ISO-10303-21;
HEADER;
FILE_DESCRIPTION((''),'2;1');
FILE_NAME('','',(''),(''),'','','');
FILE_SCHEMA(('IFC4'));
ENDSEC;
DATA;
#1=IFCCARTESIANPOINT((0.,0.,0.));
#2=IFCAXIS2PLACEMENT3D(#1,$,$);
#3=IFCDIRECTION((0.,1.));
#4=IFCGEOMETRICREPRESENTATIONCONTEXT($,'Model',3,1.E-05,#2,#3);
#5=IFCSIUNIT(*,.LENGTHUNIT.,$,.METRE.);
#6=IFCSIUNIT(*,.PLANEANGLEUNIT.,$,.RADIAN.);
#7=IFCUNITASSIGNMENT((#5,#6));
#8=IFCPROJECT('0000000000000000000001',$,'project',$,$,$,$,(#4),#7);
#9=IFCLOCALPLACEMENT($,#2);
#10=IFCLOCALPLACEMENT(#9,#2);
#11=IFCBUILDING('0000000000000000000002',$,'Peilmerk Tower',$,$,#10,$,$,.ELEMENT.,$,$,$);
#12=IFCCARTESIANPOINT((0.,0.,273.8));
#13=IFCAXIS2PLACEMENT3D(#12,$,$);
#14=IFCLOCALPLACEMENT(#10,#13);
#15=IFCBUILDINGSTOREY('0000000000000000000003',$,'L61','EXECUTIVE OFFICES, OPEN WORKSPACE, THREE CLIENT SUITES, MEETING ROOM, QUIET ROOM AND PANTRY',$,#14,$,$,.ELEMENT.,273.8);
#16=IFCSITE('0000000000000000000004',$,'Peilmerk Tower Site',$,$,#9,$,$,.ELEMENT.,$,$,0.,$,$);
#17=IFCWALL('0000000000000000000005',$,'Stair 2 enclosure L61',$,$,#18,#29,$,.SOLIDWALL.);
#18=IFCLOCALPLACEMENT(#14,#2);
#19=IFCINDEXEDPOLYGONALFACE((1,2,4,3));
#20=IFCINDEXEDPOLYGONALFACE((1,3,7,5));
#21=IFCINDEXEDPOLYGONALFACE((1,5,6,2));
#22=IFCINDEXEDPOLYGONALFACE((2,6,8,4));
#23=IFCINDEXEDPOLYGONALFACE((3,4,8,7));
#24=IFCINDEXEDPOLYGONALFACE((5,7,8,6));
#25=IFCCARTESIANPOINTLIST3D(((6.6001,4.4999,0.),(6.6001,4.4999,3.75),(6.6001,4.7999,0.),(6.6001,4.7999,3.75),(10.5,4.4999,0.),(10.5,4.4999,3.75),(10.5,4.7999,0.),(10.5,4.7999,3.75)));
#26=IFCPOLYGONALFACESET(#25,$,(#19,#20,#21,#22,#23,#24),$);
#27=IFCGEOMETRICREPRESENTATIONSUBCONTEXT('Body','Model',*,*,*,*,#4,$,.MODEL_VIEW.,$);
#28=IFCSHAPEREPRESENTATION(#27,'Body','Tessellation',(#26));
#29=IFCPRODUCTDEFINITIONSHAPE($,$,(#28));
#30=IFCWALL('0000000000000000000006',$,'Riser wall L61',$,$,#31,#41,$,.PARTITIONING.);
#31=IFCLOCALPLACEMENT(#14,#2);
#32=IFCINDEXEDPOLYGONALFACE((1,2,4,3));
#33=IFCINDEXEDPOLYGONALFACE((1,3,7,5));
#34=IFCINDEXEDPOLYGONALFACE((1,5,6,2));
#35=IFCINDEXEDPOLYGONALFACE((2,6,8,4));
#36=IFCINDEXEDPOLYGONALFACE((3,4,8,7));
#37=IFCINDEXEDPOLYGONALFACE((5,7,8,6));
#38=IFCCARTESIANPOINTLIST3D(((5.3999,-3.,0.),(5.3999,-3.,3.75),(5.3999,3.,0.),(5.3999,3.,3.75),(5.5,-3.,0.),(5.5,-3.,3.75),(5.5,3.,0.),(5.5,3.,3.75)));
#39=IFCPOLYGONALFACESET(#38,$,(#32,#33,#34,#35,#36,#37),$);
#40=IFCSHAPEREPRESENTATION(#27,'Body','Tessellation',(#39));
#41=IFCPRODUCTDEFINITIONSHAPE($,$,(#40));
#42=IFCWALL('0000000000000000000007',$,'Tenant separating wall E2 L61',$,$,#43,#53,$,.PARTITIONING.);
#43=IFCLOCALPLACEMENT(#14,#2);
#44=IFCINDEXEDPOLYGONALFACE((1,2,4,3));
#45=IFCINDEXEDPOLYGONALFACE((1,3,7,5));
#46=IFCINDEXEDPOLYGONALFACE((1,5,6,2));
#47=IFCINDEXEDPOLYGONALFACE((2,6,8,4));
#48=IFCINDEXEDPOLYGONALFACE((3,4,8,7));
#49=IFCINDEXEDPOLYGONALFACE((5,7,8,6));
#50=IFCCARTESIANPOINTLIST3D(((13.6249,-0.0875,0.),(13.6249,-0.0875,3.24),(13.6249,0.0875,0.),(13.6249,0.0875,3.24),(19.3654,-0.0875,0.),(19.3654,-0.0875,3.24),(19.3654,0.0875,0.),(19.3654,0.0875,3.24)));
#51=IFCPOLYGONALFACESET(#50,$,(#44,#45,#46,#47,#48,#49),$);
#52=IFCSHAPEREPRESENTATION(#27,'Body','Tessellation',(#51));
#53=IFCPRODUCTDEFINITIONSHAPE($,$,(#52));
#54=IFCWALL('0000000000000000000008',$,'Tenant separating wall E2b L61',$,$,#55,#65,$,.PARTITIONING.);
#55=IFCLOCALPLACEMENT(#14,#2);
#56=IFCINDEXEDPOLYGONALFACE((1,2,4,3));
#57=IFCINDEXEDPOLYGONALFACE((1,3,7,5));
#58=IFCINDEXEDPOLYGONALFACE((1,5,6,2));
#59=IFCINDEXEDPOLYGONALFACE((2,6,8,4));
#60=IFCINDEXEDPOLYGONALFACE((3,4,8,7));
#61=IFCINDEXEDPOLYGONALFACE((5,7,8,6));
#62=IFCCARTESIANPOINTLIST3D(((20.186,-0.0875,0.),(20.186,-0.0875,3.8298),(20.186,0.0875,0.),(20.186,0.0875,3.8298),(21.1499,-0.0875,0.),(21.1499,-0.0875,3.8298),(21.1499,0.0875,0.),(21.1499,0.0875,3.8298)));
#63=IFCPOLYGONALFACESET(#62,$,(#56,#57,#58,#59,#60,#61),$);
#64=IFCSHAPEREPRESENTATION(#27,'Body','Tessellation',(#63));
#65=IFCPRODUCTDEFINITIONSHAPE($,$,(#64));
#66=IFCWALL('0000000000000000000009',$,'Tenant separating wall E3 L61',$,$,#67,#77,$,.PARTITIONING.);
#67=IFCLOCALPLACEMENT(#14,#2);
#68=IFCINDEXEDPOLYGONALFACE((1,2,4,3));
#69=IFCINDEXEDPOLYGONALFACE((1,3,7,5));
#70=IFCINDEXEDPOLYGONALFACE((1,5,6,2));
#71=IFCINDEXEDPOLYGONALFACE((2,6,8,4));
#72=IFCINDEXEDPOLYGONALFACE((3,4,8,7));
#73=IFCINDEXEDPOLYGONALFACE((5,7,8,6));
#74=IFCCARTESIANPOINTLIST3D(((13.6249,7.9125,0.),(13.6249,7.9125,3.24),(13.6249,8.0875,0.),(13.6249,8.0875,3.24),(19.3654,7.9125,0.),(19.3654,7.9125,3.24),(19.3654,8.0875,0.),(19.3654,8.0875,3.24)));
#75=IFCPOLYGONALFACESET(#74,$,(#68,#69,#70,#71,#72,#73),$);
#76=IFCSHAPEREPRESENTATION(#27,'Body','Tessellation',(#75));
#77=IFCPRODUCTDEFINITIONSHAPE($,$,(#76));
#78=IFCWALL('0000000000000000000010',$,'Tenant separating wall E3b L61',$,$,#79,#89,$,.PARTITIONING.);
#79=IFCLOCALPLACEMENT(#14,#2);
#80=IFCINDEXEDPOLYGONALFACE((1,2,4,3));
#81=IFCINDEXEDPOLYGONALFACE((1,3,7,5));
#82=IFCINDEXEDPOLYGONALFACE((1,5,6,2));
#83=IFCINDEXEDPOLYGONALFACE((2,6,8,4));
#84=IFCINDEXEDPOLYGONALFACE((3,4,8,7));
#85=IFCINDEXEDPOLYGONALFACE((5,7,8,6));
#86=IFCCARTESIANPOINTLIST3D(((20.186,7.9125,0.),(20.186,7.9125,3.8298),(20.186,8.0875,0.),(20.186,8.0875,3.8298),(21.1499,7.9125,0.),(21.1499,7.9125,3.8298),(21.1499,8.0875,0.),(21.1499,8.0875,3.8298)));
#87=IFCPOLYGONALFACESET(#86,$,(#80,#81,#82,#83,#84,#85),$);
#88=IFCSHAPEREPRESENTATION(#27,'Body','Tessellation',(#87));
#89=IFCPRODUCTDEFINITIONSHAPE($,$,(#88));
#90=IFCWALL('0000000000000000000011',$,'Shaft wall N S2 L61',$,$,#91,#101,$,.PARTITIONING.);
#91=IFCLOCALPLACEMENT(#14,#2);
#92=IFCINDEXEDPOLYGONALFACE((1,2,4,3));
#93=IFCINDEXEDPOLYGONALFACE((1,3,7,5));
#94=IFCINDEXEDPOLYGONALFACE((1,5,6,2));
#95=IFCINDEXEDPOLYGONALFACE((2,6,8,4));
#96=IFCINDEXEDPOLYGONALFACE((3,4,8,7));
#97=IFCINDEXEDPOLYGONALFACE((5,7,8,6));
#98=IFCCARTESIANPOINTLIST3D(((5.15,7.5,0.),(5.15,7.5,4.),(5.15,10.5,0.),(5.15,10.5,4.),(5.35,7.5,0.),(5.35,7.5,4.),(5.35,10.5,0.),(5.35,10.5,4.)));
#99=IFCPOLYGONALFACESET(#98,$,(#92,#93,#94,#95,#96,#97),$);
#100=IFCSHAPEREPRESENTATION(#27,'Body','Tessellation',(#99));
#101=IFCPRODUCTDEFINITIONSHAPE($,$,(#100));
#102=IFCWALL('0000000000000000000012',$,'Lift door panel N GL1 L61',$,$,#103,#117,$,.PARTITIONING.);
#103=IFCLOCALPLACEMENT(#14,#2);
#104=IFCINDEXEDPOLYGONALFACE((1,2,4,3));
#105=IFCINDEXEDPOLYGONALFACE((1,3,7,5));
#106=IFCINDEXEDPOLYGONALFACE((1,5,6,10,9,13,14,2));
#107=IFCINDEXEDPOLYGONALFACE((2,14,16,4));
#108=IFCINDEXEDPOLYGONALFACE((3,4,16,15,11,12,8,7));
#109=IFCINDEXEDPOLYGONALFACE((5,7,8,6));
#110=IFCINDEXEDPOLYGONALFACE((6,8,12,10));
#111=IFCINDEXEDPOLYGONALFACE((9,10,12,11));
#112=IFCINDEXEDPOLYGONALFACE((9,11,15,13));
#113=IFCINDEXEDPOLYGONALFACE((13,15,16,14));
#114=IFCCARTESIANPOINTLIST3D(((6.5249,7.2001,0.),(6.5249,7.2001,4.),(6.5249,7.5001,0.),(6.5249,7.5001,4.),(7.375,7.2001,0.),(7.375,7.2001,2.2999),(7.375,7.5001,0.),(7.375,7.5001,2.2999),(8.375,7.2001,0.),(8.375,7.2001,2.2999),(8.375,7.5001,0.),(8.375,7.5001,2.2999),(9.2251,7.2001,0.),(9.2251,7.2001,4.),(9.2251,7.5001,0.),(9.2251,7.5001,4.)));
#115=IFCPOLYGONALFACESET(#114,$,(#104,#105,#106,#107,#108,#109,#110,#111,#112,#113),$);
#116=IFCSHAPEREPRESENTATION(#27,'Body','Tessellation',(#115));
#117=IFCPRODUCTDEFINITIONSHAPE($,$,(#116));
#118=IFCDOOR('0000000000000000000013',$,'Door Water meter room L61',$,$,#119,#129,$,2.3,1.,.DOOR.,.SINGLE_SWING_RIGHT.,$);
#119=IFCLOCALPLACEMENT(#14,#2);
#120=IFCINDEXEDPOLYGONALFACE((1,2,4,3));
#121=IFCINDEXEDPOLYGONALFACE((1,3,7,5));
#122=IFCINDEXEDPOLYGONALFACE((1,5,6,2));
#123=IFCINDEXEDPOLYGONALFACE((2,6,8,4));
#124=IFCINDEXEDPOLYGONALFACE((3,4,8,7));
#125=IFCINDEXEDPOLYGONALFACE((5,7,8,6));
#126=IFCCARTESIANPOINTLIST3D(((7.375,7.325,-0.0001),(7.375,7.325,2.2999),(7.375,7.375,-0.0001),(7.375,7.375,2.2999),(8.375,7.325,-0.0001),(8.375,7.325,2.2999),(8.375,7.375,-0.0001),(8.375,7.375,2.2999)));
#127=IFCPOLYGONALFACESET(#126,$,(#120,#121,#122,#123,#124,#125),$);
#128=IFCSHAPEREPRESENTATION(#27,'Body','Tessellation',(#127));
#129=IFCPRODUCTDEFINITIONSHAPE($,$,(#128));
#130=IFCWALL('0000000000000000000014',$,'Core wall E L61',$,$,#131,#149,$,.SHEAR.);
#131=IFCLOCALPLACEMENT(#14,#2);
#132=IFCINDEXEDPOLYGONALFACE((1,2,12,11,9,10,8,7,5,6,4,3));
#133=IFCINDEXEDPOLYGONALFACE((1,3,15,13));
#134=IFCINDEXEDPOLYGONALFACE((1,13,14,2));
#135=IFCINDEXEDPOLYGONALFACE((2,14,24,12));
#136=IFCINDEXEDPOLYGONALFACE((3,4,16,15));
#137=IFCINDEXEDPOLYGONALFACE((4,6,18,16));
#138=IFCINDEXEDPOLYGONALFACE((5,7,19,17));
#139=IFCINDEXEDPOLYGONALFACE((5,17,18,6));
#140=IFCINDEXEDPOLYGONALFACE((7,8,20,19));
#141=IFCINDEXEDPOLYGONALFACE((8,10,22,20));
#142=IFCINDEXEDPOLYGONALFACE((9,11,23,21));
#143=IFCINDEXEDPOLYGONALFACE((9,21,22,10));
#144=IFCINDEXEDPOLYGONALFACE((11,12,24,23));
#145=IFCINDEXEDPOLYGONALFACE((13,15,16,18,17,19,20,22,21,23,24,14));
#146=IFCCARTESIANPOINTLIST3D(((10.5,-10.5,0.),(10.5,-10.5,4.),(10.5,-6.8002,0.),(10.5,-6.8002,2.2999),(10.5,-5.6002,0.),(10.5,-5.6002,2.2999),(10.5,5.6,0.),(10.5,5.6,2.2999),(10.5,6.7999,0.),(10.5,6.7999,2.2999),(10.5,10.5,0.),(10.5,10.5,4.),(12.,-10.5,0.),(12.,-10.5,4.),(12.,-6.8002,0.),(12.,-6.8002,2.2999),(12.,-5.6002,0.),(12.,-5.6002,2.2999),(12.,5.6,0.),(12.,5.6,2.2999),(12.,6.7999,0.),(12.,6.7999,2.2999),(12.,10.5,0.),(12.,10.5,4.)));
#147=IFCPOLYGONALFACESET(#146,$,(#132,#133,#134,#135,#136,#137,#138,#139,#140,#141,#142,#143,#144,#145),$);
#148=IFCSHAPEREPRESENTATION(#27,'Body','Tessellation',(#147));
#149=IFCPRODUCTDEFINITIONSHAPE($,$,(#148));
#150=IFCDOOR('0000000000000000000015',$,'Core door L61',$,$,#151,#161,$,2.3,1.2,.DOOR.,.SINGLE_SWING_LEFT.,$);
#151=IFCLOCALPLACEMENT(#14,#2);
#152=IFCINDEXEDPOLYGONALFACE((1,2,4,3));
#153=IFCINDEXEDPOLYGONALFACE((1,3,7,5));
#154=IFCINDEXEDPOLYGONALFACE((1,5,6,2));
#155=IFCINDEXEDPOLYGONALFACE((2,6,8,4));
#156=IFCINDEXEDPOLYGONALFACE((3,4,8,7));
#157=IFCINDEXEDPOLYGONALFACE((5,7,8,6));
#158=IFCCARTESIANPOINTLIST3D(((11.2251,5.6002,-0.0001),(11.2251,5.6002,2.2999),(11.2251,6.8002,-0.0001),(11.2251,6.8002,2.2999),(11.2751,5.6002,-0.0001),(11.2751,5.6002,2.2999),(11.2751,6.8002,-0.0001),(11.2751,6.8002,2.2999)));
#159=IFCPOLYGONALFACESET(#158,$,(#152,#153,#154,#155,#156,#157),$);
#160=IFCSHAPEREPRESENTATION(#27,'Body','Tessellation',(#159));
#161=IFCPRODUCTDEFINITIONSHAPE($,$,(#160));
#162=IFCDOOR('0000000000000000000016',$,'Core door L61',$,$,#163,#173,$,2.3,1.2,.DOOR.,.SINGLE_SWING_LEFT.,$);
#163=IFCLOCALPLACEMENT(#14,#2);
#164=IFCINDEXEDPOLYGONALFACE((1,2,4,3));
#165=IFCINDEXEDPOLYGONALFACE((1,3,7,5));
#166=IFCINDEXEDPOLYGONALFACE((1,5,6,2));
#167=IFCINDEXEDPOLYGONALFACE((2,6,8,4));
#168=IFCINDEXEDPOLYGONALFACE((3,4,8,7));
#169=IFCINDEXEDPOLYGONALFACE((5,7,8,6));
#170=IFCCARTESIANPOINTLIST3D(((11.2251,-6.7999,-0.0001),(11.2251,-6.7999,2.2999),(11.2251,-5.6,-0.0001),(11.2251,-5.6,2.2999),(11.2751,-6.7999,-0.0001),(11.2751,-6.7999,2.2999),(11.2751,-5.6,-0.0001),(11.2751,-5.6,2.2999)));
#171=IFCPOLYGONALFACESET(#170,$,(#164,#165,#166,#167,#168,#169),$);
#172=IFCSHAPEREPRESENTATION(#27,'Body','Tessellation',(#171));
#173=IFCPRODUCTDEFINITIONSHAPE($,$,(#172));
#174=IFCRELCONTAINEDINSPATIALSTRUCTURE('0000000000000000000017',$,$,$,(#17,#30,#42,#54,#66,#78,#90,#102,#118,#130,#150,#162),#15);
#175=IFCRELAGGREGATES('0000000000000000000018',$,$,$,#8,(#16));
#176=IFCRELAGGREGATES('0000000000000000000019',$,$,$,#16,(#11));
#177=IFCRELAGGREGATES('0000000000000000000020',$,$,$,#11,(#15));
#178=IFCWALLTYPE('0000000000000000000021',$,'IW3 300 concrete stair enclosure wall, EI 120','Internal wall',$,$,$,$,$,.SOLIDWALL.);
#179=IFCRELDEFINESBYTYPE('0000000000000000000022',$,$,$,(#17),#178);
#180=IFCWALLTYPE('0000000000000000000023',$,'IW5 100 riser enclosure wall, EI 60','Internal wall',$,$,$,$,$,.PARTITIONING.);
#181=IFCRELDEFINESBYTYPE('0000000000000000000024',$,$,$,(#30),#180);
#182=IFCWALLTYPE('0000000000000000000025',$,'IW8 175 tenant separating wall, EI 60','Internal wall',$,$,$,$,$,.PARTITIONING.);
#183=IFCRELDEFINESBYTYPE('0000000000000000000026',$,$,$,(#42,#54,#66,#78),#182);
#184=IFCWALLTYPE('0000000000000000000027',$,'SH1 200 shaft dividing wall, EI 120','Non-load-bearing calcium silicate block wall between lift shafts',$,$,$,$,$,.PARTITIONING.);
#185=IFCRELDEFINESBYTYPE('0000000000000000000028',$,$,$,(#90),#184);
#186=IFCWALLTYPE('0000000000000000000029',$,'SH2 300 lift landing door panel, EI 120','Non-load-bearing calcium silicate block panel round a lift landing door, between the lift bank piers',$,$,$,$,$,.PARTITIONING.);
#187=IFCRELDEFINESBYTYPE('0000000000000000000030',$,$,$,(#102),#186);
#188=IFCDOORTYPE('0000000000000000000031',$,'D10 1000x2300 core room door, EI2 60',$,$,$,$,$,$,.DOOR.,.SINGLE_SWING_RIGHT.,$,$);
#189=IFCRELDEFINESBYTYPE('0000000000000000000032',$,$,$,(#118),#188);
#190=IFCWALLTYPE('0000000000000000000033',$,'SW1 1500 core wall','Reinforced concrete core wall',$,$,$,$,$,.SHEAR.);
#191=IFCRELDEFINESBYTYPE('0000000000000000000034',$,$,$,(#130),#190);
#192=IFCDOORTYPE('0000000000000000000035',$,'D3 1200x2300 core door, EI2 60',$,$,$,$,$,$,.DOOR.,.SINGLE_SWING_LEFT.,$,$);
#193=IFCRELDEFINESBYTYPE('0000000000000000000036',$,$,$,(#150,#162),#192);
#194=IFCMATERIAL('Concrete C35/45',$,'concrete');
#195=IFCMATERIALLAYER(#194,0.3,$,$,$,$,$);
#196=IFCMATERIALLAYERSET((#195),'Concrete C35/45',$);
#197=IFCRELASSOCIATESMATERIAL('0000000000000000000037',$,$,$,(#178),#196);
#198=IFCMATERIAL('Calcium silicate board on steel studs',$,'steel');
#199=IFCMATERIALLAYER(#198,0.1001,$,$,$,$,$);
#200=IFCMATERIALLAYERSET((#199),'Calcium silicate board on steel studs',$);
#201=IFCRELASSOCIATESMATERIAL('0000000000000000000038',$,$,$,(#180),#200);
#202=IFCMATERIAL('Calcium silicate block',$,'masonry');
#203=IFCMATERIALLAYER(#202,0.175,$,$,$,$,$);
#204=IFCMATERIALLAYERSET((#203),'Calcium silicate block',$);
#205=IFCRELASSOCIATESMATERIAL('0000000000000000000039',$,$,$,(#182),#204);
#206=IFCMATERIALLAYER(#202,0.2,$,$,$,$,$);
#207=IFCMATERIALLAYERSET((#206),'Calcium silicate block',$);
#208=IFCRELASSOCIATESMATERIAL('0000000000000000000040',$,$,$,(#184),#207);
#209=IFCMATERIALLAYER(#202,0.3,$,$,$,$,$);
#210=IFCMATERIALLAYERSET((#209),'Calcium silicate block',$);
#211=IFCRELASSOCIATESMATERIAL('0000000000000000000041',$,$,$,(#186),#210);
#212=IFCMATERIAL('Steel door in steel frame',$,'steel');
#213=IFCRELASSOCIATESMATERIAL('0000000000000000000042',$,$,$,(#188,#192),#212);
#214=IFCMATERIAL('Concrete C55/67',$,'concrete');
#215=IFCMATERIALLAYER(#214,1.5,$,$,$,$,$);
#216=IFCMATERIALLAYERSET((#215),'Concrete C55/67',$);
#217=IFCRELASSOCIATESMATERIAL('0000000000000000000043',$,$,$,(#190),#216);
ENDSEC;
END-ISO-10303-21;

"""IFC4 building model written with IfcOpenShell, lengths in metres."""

from ifc_helpers import new_model, si_unit, direction, frame, frame_2d, origin, place, context, subcontext, project, spatial, rectangle, extrude, material, layer, layer_set, type_object, element, fill, save


model = new_model("IFC4")

# Units and contexts
model_context = context("Model", 3, precision=1e-05, world=origin(), true_north=direction((0.0, 1.0)))
body_context = subcontext(model_context, "Body", "Model", "MODEL_VIEW")
ifc_project = project(units=[si_unit("LENGTHUNIT", "METRE"), si_unit("PLANEANGLEUNIT", "RADIAN")], contexts=[model_context])

# Site, building, storey
site_placement = place(None, origin())
site = spatial("IfcSite", under=ifc_project, at=site_placement, Name="Peilmerk Tower Site", CompositionType="ELEMENT", RefElevation=0.0)
building_placement = place(site_placement, origin())
building = spatial("IfcBuilding", under=site, at=building_placement, Name="Peilmerk Tower", CompositionType="ELEMENT")
storey_placement = place(building_placement, frame((0.0, 0.0, 273.8)))
storey = spatial("IfcBuildingStorey", under=building, at=storey_placement, Name="L61", Description="EXECUTIVE OFFICES, OPEN WORKSPACE, THREE CLIENT SUITES, MEETING ROOM, QUIET ROOM AND PANTRY", CompositionType="ELEMENT", Elevation=273.8)

# Walls
ifc_material_1 = material(Name="Concrete C35/45", Category="concrete")
ifc_layer_1 = layer(ifc_material_1, 0.3)
ifc_layer_set_1 = layer_set([ifc_layer_1], Name="Concrete C35/45")
wall_type_1 = type_object("IfcWallType", Name="IW3 300 concrete stair enclosure wall, EI 120", Description="Internal wall", PredefinedType="SOLIDWALL", material=ifc_layer_set_1)
wall_1_placement = place(storey_placement, frame((6.6001, 4.6499, 0.0), z_axis=(0.0, 0.0, 1.0), x_axis=(1.0, 0.0, 0.0)))
element("IfcWall", 1, at=wall_1_placement, inside=storey, type_object=wall_type_1, Name="Stair 2 enclosure L61", PredefinedType="SOLIDWALL", context=body_context, shape_type="SweptSolid", body=[
    extrude(rectangle(XDim=3.8999, YDim=0.3, at=frame_2d((1.95, 0.0))), origin(), (0.0, 0.0, 1.0), 3.75),
])
ifc_material_2 = material(Name="Calcium silicate board on steel studs", Category="steel")
ifc_layer_2 = layer(ifc_material_2, 0.1001)
ifc_layer_set_2 = layer_set([ifc_layer_2], Name="Calcium silicate board on steel studs")
wall_type_2 = type_object("IfcWallType", Name="IW5 100 riser enclosure wall, EI 60", Description="Internal wall", PredefinedType="PARTITIONING", material=ifc_layer_set_2)
wall_2_placement = place(storey_placement, frame((5.45, 3.0, 0.0), z_axis=(0.0, 0.0, 1.0), x_axis=(0.0, -1.0, 0.0)))
element("IfcWall", 2, at=wall_2_placement, inside=storey, type_object=wall_type_2, Name="Riser wall L61", PredefinedType="PARTITIONING", context=body_context, shape_type="SweptSolid", body=[
    extrude(rectangle(XDim=6.0, YDim=0.1001, at=frame_2d((3.0, 0.0))), origin(), (0.0, 0.0, 1.0), 3.75),
])
ifc_material_3 = material(Name="Calcium silicate block", Category="masonry")
ifc_layer_3 = layer(ifc_material_3, 0.175)
ifc_layer_set_3 = layer_set([ifc_layer_3], Name="Calcium silicate block")
wall_type_3 = type_object("IfcWallType", Name="IW8 175 tenant separating wall, EI 60", Description="Internal wall", PredefinedType="PARTITIONING", material=ifc_layer_set_3)
wall_3_placement = place(storey_placement, frame((13.625, 0.0, 0.0), z_axis=(0.0, 0.0, 1.0), x_axis=(1.0, 0.0, 0.0)))
element("IfcWall", 3, at=wall_3_placement, inside=storey, type_object=wall_type_3, Name="Tenant separating wall E2 L61", PredefinedType="PARTITIONING", context=body_context, shape_type="SweptSolid", body=[
    extrude(rectangle(XDim=5.7405, YDim=0.175, at=frame_2d((2.8701, 0.0))), origin(), (0.0, 0.0, 1.0), 3.24),
])
wall_4_placement = place(storey_placement, frame((20.186, 0.0, 0.0), z_axis=(0.0, 0.0, 1.0), x_axis=(1.0, 0.0, 0.0)))
element("IfcWall", 4, at=wall_4_placement, inside=storey, type_object=wall_type_3, Name="Tenant separating wall E2b L61", PredefinedType="PARTITIONING", context=body_context, shape_type="SweptSolid", body=[
    extrude(rectangle(XDim=0.9639, YDim=0.175, at=frame_2d((0.4819, 0.0))), origin(), (0.0, 0.0, 1.0), 3.8298),
])
wall_5_placement = place(storey_placement, frame((13.625, 8.0, 0.0), z_axis=(0.0, 0.0, 1.0), x_axis=(1.0, 0.0, 0.0)))
element("IfcWall", 5, at=wall_5_placement, inside=storey, type_object=wall_type_3, Name="Tenant separating wall E3 L61", PredefinedType="PARTITIONING", context=body_context, shape_type="SweptSolid", body=[
    extrude(rectangle(XDim=5.7405, YDim=0.175, at=frame_2d((2.8701, 0.0))), origin(), (0.0, 0.0, 1.0), 3.24),
])
wall_6_placement = place(storey_placement, frame((20.186, 8.0, 0.0), z_axis=(0.0, 0.0, 1.0), x_axis=(1.0, 0.0, 0.0)))
element("IfcWall", 6, at=wall_6_placement, inside=storey, type_object=wall_type_3, Name="Tenant separating wall E3b L61", PredefinedType="PARTITIONING", context=body_context, shape_type="SweptSolid", body=[
    extrude(rectangle(XDim=0.9639, YDim=0.175, at=frame_2d((0.4819, 0.0))), origin(), (0.0, 0.0, 1.0), 3.8298),
])
ifc_layer_4 = layer(ifc_material_3, 0.2)
ifc_layer_set_4 = layer_set([ifc_layer_4], Name="Calcium silicate block")
wall_type_4 = type_object("IfcWallType", Name="SH1 200 shaft dividing wall, EI 120", Description="Non-load-bearing calcium silicate block wall between lift shafts", PredefinedType="PARTITIONING", material=ifc_layer_set_4)
wall_7_placement = place(storey_placement, frame((5.25, 7.5, 0.0), z_axis=(0.0, 0.0, 1.0), x_axis=(0.0, 1.0, 0.0)))
element("IfcWall", 7, at=wall_7_placement, inside=storey, type_object=wall_type_4, Name="Shaft wall N S2 L61", PredefinedType="PARTITIONING", context=body_context, shape_type="SweptSolid", body=[
    extrude(rectangle(XDim=3.0, YDim=0.2, at=frame_2d((1.5, 0.0))), origin(), (0.0, 0.0, 1.0), 4.0),
])

# Wall, opening, door
ifc_layer_5 = layer(ifc_material_3, 0.3)
ifc_layer_set_5 = layer_set([ifc_layer_5], Name="Calcium silicate block")
wall_type_5 = type_object("IfcWallType", Name="SH2 300 lift landing door panel, EI 120", Description="Non-load-bearing calcium silicate block panel round a lift landing door, between the lift bank piers", PredefinedType="PARTITIONING", material=ifc_layer_set_5)
wall_8_placement = place(storey_placement, frame((6.5249, 7.3501, 0.0), z_axis=(0.0, 0.0, 1.0), x_axis=(1.0, 0.0, 0.0)))
wall_8 = element("IfcWall", 8, at=wall_8_placement, inside=storey, type_object=wall_type_5, Name="Lift door panel N GL1 L61", PredefinedType="PARTITIONING", context=body_context, shape_type="SweptSolid", body=[
    extrude(rectangle(XDim=2.7002, YDim=0.3, at=frame_2d((1.3501, 0.0))), origin(), (0.0, 0.0, 1.0), 4.0),
])
opening_1_placement = place(wall_8_placement, frame((0.8501, 0.0, 0.0)))
opening_1 = element("IfcOpeningElement", 9, at=opening_1_placement, cuts=wall_8, PredefinedType="OPENING", context=body_context, shape_type="SweptSolid", body=[
    extrude(rectangle(XDim=1.0, YDim=2.3, at=frame_2d((0.5, 1.1499))), frame((0.0, 0.1599, 0.0), z_axis=(0.0, -1.0, 0.0), x_axis=(1.0, 0.0, 0.0)), (0.0, 0.0, 1.0), 0.3201),
])
ifc_material_4 = material(Name="Steel door in steel frame", Category="steel")
door_type_1 = type_object("IfcDoorType", Name="D10 1000x2300 core room door, EI2 60", OperationType="SINGLE_SWING_RIGHT", PredefinedType="DOOR", material=ifc_material_4)
door_1_placement = place(opening_1_placement, origin())
door_1 = element("IfcDoor", 10, at=door_1_placement, inside=storey, type_object=door_type_1, Name="Door Water meter room L61", OperationType="SINGLE_SWING_RIGHT", OverallHeight=2.3, OverallWidth=1.0, PredefinedType="DOOR", context=body_context, shape_type="SweptSolid", body=[
    extrude(rectangle(XDim=1.0, YDim=2.3, at=frame_2d((0.5, 1.1499))), frame((0.0, 0.0249, 0.0), z_axis=(0.0, -1.0, 0.0), x_axis=(1.0, 0.0, 0.0)), (0.0, 0.0, 1.0), 0.05),
])
fill(opening_1, door_1)

# Wall, openings, doors
ifc_material_5 = material(Name="Concrete C55/67", Category="concrete")
ifc_layer_6 = layer(ifc_material_5, 1.5)
ifc_layer_set_6 = layer_set([ifc_layer_6], Name="Concrete C55/67")
wall_type_6 = type_object("IfcWallType", Name="SW1 1500 core wall", Description="Reinforced concrete core wall", PredefinedType="SHEAR", material=ifc_layer_set_6)
wall_9_placement = place(storey_placement, frame((11.25, 10.5, 0.0), z_axis=(0.0, 0.0, 1.0), x_axis=(0.0, -1.0, 0.0)))
wall_9 = element("IfcWall", 11, at=wall_9_placement, inside=storey, type_object=wall_type_6, Name="Core wall E L61", PredefinedType="SHEAR", context=body_context, shape_type="SweptSolid", body=[
    extrude(rectangle(XDim=21.0, YDim=1.5, at=frame_2d((10.5, 0.0))), origin(), (0.0, 0.0, 1.0), 4.0),
])
opening_2_placement = place(wall_9_placement, frame((3.7, 0.0, 0.0)))
opening_2 = element("IfcOpeningElement", 12, at=opening_2_placement, cuts=wall_9, PredefinedType="OPENING", context=body_context, shape_type="SweptSolid", body=[
    extrude(rectangle(XDim=1.2, YDim=2.3, at=frame_2d((0.6001, 1.1499))), frame((0.0, 0.76, 0.0), z_axis=(0.0, -1.0, 0.0), x_axis=(1.0, 0.0, 0.0)), (0.0, 0.0, 1.0), 1.52),
])
opening_3_placement = place(wall_9_placement, frame((16.1001, 0.0, 0.0)))
opening_3 = element("IfcOpeningElement", 13, at=opening_3_placement, cuts=wall_9, PredefinedType="OPENING", context=body_context, shape_type="SweptSolid", body=[
    extrude(rectangle(XDim=1.2, YDim=2.3, at=frame_2d((0.6001, 1.1499))), frame((0.0, 0.76, 0.0), z_axis=(0.0, -1.0, 0.0), x_axis=(1.0, 0.0, 0.0)), (0.0, 0.0, 1.0), 1.52),
])
door_type_2 = type_object("IfcDoorType", Name="D3 1200x2300 core door, EI2 60", OperationType="SINGLE_SWING_LEFT", PredefinedType="DOOR", material=ifc_material_4)
door_2_placement = place(opening_2_placement, frame((1.2, 0.0, 0.0), z_axis=(0.0, 0.0, 1.0), x_axis=(-1.0, 0.0, 0.0)))
door_2 = element("IfcDoor", 14, at=door_2_placement, inside=storey, type_object=door_type_2, Name="Core door L61", OperationType="SINGLE_SWING_LEFT", OverallHeight=2.3, OverallWidth=1.2, PredefinedType="DOOR", context=body_context, shape_type="SweptSolid", body=[
    extrude(rectangle(XDim=1.2, YDim=2.3, at=frame_2d((0.6001, 1.1499))), frame((0.0, 0.0249, 0.0), z_axis=(0.0, -1.0, 0.0), x_axis=(1.0, 0.0, 0.0)), (0.0, 0.0, 1.0), 0.05),
])
fill(opening_2, door_2)
door_3_placement = place(opening_3_placement, frame((1.2, 0.0, 0.0), z_axis=(0.0, 0.0, 1.0), x_axis=(-1.0, 0.0, 0.0)))
door_3 = element("IfcDoor", 15, at=door_3_placement, inside=storey, type_object=door_type_2, Name="Core door L61", OperationType="SINGLE_SWING_LEFT", OverallHeight=2.3, OverallWidth=1.2, PredefinedType="DOOR", context=body_context, shape_type="SweptSolid", body=[
    extrude(rectangle(XDim=1.2, YDim=2.3, at=frame_2d((0.6001, 1.1499))), frame((0.0, 0.0249, 0.0), z_axis=(0.0, -1.0, 0.0), x_axis=(1.0, 0.0, 0.0)), (0.0, 0.0, 1.0), 0.05),
])
fill(opening_3, door_3)

save(model, "model.ifc")
